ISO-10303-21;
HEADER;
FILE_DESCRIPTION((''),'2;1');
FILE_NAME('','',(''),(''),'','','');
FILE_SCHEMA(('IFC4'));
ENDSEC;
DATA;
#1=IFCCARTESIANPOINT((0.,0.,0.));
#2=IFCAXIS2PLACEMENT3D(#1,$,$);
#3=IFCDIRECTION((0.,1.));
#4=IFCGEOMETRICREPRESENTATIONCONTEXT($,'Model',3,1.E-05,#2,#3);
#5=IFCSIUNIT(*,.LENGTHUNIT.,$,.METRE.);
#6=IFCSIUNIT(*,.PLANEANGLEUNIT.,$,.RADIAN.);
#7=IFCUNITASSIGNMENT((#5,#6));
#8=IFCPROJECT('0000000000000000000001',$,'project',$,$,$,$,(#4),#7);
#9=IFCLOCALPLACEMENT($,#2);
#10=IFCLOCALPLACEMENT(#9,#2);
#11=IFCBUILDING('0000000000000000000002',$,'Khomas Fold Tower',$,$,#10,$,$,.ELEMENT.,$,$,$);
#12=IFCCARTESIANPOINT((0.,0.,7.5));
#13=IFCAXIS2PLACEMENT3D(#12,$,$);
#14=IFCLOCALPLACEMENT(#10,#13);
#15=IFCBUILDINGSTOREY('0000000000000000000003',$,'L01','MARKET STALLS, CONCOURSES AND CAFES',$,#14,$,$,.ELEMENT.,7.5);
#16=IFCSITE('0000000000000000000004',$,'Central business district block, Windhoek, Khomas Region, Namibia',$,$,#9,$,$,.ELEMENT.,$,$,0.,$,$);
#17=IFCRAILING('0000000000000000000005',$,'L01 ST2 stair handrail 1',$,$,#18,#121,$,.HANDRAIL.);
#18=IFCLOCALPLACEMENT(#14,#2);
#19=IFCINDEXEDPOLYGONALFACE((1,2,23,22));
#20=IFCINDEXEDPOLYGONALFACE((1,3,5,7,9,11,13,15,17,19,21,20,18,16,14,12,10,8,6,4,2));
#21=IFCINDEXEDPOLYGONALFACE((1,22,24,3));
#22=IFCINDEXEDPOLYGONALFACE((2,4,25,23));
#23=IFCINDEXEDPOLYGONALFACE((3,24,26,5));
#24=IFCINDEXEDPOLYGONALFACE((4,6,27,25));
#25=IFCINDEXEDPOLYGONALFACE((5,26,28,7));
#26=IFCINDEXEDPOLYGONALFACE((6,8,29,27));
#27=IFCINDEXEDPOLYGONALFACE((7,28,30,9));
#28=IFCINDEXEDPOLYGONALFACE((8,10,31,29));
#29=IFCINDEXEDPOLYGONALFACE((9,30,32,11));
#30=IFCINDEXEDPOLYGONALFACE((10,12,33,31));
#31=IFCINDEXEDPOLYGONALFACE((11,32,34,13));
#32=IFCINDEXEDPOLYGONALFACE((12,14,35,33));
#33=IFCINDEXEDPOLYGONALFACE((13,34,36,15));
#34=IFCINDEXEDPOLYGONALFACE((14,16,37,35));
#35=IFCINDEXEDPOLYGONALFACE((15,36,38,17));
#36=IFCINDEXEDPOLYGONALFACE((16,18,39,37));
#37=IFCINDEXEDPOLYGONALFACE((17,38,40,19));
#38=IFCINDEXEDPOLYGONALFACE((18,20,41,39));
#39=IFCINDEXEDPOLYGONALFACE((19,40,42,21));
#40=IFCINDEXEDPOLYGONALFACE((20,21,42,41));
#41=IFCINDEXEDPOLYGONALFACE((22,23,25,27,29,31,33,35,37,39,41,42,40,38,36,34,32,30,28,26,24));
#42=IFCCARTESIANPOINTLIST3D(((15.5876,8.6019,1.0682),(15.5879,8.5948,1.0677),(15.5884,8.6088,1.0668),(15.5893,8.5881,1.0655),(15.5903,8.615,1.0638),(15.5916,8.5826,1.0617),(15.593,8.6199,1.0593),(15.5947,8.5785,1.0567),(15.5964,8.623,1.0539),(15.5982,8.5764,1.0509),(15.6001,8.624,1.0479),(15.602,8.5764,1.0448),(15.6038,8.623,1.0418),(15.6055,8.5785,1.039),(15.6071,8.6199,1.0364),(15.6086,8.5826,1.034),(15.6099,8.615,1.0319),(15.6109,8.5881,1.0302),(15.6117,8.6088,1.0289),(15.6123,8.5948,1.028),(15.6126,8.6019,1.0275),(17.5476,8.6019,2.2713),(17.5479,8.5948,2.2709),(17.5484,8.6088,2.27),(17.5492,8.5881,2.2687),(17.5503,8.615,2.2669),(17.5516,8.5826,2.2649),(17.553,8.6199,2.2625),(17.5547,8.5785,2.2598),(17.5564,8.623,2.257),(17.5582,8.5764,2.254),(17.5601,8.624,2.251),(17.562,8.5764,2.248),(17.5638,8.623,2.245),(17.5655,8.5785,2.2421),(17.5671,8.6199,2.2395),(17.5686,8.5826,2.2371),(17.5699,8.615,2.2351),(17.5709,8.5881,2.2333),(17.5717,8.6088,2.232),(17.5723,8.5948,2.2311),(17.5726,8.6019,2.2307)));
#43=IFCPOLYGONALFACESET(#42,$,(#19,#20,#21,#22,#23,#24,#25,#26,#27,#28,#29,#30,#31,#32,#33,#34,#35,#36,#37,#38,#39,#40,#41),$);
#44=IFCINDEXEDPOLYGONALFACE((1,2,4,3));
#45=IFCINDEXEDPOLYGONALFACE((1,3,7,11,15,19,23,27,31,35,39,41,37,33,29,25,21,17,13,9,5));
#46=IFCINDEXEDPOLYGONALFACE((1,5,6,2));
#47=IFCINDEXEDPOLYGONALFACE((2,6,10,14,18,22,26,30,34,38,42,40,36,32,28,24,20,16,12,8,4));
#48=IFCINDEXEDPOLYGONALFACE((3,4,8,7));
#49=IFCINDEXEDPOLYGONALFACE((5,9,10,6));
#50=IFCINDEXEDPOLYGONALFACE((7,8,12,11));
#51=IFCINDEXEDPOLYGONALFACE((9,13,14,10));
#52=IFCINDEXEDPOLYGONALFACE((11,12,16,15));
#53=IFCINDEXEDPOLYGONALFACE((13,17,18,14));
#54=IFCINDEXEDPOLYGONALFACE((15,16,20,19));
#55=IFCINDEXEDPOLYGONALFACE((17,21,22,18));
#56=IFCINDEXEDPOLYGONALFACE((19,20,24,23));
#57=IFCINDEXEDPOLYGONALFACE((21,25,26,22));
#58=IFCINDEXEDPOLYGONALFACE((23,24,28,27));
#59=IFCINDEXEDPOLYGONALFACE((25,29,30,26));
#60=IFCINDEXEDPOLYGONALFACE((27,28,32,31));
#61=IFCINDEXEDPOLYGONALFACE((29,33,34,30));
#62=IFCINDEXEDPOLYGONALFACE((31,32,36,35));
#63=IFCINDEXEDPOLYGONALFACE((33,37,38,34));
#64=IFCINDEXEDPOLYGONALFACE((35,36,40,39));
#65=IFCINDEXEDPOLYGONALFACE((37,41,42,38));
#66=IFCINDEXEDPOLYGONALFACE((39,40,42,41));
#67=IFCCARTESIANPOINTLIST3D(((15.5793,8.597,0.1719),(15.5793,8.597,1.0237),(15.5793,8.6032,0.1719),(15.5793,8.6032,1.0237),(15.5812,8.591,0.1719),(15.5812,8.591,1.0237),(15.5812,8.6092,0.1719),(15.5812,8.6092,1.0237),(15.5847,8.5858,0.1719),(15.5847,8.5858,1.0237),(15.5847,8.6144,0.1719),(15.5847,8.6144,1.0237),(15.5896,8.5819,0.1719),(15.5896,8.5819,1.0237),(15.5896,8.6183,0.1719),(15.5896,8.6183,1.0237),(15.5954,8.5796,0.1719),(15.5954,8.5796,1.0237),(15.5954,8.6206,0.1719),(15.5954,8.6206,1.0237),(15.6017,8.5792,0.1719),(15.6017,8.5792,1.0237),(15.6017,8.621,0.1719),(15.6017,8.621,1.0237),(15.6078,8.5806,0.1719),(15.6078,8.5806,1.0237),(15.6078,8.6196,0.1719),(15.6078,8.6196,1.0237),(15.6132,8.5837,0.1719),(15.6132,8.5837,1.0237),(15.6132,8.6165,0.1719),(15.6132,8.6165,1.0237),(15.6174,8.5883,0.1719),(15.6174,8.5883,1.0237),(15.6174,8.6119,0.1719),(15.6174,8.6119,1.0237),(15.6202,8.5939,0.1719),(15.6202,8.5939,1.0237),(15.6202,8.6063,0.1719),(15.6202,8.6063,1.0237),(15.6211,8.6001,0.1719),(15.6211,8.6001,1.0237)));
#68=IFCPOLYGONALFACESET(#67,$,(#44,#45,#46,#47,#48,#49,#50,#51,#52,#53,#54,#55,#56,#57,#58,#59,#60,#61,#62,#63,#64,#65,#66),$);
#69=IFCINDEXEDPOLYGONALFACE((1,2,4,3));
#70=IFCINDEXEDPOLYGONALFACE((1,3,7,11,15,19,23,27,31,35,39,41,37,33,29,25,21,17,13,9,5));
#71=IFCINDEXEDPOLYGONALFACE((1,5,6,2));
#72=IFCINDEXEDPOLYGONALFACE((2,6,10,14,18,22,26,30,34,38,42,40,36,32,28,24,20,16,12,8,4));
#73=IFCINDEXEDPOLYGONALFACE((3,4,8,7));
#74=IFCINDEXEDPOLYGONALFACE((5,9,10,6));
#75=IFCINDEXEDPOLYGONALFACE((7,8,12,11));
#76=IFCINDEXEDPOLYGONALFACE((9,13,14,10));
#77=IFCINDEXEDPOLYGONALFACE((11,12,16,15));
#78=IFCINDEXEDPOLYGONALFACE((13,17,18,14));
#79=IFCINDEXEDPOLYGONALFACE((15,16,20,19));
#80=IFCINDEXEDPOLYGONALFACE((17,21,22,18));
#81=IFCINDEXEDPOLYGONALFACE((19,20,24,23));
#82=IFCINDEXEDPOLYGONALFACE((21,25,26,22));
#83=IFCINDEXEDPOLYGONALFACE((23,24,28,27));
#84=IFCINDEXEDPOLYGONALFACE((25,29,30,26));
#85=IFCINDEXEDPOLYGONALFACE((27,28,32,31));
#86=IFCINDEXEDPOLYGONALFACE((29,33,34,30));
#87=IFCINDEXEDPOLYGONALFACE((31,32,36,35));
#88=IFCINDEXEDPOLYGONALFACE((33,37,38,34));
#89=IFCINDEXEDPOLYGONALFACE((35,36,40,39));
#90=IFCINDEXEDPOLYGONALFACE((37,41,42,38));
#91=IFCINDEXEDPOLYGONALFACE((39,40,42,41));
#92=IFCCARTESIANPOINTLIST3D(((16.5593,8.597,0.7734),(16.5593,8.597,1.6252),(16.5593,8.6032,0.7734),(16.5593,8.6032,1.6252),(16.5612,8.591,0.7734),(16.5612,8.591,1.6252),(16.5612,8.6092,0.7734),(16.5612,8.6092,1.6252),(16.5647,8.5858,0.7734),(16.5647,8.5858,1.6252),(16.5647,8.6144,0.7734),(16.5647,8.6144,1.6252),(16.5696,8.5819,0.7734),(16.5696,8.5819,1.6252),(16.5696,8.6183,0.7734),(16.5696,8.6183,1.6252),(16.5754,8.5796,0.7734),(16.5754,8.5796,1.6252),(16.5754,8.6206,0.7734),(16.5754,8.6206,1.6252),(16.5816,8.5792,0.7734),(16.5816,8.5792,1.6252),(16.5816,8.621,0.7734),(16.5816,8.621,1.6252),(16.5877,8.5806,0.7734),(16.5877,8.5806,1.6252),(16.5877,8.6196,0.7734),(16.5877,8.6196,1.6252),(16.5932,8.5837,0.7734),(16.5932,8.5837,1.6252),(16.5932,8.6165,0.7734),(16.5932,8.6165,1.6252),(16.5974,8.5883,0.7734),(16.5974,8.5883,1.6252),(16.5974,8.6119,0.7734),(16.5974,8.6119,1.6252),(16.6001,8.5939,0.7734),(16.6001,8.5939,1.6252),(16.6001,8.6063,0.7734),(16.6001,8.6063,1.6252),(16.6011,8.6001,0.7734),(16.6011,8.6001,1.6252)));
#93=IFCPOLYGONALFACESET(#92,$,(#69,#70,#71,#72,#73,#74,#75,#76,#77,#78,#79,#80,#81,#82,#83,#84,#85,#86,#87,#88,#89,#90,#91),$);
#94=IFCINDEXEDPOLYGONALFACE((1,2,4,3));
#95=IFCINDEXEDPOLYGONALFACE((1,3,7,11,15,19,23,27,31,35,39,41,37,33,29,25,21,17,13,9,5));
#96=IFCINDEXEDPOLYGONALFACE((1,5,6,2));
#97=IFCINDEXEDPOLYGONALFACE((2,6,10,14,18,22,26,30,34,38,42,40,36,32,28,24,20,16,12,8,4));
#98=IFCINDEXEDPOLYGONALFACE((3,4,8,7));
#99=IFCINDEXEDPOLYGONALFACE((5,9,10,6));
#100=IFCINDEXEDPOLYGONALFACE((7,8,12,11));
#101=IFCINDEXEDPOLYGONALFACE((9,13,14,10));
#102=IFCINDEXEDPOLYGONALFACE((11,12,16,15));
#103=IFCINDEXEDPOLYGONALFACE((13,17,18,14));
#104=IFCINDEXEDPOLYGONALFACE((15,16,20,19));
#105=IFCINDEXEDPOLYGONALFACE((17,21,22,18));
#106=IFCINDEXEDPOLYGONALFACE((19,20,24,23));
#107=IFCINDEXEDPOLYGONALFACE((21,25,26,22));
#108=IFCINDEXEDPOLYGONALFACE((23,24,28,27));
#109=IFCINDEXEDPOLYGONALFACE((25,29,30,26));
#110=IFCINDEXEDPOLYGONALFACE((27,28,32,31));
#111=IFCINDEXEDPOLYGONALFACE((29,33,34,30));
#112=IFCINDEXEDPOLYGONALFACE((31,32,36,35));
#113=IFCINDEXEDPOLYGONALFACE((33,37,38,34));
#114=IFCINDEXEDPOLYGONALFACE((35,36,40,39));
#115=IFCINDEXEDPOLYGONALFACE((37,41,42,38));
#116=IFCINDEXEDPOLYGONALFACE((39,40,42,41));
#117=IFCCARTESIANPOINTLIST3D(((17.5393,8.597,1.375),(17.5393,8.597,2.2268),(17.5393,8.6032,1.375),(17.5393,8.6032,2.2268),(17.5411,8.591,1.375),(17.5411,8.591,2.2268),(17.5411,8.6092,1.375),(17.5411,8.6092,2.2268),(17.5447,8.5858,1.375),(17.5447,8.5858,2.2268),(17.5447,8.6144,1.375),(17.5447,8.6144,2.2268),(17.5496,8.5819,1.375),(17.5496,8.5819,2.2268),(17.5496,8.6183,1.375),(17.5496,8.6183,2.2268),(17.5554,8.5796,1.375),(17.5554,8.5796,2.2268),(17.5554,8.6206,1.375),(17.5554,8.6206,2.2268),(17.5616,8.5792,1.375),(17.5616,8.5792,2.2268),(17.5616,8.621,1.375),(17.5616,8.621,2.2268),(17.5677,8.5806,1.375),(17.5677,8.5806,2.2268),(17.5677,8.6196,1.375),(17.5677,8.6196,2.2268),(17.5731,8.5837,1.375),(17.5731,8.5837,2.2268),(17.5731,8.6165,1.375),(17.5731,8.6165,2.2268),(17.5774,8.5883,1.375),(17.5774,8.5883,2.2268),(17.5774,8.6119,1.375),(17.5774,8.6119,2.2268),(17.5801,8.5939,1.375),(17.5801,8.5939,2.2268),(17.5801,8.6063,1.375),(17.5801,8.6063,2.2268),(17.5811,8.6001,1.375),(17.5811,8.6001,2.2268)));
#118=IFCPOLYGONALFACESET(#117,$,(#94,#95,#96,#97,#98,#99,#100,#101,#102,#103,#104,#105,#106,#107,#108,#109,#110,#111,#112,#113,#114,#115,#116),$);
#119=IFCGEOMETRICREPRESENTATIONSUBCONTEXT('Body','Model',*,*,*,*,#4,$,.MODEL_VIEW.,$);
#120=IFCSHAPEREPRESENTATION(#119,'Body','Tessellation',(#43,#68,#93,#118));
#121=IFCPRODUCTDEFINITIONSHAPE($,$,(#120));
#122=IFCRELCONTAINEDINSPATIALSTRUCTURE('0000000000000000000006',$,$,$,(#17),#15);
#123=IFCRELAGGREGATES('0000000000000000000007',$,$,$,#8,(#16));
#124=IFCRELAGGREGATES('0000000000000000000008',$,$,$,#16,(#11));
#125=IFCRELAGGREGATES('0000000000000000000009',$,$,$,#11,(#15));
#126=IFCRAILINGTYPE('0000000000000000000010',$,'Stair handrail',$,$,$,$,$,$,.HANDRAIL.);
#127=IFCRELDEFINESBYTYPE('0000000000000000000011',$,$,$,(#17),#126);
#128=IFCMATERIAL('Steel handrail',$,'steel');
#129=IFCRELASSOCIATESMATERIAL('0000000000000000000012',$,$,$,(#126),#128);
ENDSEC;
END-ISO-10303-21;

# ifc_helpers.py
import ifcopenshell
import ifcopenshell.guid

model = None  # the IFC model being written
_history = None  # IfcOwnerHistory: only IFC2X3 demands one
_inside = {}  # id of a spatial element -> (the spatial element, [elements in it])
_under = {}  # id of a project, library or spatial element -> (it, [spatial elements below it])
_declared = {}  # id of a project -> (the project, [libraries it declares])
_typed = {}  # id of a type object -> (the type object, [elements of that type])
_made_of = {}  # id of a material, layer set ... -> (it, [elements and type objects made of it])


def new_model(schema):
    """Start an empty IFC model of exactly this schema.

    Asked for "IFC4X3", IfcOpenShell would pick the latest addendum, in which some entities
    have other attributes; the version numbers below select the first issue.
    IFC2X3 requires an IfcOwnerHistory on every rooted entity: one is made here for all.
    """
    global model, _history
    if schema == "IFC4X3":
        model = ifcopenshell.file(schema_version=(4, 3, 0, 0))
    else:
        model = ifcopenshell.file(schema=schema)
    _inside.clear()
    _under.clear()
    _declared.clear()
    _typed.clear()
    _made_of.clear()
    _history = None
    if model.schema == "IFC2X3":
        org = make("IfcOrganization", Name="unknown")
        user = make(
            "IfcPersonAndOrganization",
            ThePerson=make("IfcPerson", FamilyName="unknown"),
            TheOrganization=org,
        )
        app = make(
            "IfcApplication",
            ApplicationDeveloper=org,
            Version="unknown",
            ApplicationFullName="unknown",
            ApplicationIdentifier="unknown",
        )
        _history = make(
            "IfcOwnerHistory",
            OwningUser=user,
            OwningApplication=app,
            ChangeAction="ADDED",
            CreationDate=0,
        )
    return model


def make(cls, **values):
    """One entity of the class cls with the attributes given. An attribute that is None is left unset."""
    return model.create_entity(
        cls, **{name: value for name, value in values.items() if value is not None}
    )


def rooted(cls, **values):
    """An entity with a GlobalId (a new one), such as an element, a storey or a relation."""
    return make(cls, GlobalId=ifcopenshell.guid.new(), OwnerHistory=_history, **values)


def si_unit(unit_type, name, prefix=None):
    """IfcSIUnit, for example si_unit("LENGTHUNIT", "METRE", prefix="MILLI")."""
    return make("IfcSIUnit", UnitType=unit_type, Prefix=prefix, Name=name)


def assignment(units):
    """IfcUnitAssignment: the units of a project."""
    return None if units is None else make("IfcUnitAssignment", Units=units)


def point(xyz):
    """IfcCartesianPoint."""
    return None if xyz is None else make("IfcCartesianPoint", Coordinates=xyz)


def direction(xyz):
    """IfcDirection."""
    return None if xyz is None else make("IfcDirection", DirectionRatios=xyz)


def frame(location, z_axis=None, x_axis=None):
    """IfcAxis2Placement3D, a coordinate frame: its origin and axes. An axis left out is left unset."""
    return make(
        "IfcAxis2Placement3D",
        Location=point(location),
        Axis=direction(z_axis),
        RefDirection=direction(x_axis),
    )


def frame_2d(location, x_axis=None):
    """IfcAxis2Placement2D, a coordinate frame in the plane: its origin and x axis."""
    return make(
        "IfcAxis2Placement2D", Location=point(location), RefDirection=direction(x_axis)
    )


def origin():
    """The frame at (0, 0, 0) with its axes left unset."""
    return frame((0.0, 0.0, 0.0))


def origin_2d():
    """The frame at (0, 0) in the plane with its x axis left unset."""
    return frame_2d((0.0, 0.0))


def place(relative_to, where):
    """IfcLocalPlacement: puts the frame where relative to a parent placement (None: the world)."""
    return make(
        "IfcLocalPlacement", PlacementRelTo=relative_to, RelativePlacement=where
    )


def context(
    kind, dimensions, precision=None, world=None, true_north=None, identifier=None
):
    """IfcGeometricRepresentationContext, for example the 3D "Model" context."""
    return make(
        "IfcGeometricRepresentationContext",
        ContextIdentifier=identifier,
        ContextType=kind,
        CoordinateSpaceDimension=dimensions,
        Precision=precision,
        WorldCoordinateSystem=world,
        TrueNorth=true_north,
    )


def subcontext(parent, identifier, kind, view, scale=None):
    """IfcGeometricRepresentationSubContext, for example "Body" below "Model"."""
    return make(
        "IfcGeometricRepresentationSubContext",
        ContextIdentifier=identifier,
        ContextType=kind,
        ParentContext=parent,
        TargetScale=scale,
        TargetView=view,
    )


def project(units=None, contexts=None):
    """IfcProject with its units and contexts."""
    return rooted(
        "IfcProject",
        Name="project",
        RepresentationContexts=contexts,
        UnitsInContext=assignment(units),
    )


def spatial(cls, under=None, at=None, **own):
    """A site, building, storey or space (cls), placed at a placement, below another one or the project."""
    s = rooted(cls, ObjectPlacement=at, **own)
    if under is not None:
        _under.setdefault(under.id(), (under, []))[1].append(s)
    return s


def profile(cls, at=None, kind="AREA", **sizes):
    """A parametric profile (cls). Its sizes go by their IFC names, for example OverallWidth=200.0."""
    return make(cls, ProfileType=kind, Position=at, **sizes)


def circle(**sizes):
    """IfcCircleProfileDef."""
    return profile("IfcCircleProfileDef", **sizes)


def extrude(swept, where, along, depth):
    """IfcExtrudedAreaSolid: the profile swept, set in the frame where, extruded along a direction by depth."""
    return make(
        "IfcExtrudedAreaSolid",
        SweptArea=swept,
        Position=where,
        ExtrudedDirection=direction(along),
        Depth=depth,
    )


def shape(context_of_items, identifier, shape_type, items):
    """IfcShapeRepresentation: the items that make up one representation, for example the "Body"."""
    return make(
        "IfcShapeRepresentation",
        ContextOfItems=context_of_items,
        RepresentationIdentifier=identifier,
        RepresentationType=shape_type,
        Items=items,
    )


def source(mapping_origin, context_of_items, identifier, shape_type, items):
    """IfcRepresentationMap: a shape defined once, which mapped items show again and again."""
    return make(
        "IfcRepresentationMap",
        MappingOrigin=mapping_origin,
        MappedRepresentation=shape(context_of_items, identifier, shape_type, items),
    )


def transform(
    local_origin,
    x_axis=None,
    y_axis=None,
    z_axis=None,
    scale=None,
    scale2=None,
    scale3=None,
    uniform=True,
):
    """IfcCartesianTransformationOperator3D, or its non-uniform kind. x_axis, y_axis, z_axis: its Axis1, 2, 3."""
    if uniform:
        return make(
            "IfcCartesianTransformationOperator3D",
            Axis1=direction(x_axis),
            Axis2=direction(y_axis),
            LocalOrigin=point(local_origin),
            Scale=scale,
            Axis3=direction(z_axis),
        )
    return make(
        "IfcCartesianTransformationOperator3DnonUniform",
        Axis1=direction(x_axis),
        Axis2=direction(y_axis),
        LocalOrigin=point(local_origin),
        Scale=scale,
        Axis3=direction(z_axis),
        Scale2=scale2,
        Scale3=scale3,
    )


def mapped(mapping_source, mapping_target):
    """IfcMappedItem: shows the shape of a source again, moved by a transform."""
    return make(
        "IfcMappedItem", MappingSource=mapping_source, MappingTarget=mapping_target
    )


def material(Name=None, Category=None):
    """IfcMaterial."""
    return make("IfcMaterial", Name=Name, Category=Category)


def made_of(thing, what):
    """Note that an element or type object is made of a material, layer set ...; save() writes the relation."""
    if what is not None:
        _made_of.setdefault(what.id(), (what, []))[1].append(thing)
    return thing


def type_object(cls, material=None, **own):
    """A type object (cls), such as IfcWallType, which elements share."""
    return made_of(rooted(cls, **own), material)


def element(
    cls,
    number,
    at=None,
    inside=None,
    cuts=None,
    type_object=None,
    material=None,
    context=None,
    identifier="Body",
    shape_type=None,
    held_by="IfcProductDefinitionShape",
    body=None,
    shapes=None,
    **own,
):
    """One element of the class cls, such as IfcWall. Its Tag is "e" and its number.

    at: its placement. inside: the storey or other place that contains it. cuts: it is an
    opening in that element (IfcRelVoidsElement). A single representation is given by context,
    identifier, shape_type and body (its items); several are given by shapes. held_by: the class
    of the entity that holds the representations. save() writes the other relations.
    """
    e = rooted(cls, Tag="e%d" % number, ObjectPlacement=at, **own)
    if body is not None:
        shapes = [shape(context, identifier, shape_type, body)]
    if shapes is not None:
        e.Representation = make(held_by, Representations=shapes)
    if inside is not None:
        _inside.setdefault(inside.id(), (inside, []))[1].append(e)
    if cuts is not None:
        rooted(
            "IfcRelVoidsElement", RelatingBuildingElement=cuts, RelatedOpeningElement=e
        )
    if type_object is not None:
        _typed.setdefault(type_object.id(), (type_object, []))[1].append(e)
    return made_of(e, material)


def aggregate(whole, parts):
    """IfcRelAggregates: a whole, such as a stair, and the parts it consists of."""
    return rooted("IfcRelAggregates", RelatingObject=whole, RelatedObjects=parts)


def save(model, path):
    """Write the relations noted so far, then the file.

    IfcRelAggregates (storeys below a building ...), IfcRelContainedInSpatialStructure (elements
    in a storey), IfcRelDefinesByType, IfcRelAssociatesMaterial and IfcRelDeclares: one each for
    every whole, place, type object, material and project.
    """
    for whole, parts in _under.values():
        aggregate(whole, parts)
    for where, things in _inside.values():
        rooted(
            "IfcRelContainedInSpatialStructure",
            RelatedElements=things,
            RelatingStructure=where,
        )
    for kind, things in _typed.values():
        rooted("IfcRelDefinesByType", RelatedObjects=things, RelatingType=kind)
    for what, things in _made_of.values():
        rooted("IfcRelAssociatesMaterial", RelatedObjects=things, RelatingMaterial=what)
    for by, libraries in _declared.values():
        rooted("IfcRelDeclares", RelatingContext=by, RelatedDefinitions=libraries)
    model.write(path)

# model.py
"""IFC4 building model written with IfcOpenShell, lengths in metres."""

from ifc_helpers import new_model, si_unit, direction, frame, origin, origin_2d, place, context, subcontext, project, spatial, circle, extrude, source, transform, mapped, material, type_object, element, save


model = new_model("IFC4")

# Units and contexts
model_context = context("Model", 3, precision=1e-05, world=origin(), true_north=direction((0.0, 1.0)))
body_context = subcontext(model_context, "Body", "Model", "MODEL_VIEW")
ifc_project = project(units=[si_unit("LENGTHUNIT", "METRE"), si_unit("PLANEANGLEUNIT", "RADIAN")], contexts=[model_context])

# Site, building, storey
site_placement = place(None, origin())
site = spatial("IfcSite", under=ifc_project, at=site_placement, Name="Central business district block, Windhoek, Khomas Region, Namibia", CompositionType="ELEMENT", RefElevation=0.0)
building_placement = place(site_placement, origin())
building = spatial("IfcBuilding", under=site, at=building_placement, Name="Khomas Fold Tower", CompositionType="ELEMENT")
storey_placement = place(building_placement, frame((0.0, 0.0, 7.5)))
storey = spatial("IfcBuildingStorey", under=building, at=storey_placement, Name="L01", Description="MARKET STALLS, CONCOURSES AND CAFES", CompositionType="ELEMENT", Elevation=7.5)

# Railing
ifc_material_1 = material(Name="Steel handrail", Category="steel")
railing_type_1 = type_object("IfcRailingType", Name="Stair handrail", PredefinedType="HANDRAIL", material=ifc_material_1)
shared_shape_1 = source(origin(), body_context, "Body", "SweptSolid", [
    extrude(circle(Radius=0.0239, at=origin_2d()), frame((0.0, 0.0, 0.876), z_axis=(0.852241, 0.0, 0.523149), x_axis=(0.0, 1.0, 0.0)), (0.0, 0.0, 1.0), 2.2998),
    extrude(circle(Radius=0.021, at=origin_2d()), origin(), (0.0, 0.0, 1.0), 0.8518),
    extrude(circle(Radius=0.021, at=origin_2d()), frame((0.98, 0.0, 0.6016)), (0.0, 0.0, 1.0), 0.8518),
    extrude(circle(Radius=0.021, at=origin_2d()), frame((1.96, 0.0, 1.2031)), (0.0, 0.0, 1.0), 0.8518),
])
for number, where, name in (
    (1, (15.6001, 8.6001, 0.1719), "L01 ST2 stair handrail 1"),
):
    element("IfcRailing", number, at=place(storey_placement, frame(where)), inside=storey, type_object=railing_type_1, Name=name, PredefinedType="HANDRAIL", context=body_context, shape_type="MappedRepresentation", body=[
        mapped(shared_shape_1, transform((0.0, 0.0, 0.0))),
    ])

save(model, "model.ifc")
